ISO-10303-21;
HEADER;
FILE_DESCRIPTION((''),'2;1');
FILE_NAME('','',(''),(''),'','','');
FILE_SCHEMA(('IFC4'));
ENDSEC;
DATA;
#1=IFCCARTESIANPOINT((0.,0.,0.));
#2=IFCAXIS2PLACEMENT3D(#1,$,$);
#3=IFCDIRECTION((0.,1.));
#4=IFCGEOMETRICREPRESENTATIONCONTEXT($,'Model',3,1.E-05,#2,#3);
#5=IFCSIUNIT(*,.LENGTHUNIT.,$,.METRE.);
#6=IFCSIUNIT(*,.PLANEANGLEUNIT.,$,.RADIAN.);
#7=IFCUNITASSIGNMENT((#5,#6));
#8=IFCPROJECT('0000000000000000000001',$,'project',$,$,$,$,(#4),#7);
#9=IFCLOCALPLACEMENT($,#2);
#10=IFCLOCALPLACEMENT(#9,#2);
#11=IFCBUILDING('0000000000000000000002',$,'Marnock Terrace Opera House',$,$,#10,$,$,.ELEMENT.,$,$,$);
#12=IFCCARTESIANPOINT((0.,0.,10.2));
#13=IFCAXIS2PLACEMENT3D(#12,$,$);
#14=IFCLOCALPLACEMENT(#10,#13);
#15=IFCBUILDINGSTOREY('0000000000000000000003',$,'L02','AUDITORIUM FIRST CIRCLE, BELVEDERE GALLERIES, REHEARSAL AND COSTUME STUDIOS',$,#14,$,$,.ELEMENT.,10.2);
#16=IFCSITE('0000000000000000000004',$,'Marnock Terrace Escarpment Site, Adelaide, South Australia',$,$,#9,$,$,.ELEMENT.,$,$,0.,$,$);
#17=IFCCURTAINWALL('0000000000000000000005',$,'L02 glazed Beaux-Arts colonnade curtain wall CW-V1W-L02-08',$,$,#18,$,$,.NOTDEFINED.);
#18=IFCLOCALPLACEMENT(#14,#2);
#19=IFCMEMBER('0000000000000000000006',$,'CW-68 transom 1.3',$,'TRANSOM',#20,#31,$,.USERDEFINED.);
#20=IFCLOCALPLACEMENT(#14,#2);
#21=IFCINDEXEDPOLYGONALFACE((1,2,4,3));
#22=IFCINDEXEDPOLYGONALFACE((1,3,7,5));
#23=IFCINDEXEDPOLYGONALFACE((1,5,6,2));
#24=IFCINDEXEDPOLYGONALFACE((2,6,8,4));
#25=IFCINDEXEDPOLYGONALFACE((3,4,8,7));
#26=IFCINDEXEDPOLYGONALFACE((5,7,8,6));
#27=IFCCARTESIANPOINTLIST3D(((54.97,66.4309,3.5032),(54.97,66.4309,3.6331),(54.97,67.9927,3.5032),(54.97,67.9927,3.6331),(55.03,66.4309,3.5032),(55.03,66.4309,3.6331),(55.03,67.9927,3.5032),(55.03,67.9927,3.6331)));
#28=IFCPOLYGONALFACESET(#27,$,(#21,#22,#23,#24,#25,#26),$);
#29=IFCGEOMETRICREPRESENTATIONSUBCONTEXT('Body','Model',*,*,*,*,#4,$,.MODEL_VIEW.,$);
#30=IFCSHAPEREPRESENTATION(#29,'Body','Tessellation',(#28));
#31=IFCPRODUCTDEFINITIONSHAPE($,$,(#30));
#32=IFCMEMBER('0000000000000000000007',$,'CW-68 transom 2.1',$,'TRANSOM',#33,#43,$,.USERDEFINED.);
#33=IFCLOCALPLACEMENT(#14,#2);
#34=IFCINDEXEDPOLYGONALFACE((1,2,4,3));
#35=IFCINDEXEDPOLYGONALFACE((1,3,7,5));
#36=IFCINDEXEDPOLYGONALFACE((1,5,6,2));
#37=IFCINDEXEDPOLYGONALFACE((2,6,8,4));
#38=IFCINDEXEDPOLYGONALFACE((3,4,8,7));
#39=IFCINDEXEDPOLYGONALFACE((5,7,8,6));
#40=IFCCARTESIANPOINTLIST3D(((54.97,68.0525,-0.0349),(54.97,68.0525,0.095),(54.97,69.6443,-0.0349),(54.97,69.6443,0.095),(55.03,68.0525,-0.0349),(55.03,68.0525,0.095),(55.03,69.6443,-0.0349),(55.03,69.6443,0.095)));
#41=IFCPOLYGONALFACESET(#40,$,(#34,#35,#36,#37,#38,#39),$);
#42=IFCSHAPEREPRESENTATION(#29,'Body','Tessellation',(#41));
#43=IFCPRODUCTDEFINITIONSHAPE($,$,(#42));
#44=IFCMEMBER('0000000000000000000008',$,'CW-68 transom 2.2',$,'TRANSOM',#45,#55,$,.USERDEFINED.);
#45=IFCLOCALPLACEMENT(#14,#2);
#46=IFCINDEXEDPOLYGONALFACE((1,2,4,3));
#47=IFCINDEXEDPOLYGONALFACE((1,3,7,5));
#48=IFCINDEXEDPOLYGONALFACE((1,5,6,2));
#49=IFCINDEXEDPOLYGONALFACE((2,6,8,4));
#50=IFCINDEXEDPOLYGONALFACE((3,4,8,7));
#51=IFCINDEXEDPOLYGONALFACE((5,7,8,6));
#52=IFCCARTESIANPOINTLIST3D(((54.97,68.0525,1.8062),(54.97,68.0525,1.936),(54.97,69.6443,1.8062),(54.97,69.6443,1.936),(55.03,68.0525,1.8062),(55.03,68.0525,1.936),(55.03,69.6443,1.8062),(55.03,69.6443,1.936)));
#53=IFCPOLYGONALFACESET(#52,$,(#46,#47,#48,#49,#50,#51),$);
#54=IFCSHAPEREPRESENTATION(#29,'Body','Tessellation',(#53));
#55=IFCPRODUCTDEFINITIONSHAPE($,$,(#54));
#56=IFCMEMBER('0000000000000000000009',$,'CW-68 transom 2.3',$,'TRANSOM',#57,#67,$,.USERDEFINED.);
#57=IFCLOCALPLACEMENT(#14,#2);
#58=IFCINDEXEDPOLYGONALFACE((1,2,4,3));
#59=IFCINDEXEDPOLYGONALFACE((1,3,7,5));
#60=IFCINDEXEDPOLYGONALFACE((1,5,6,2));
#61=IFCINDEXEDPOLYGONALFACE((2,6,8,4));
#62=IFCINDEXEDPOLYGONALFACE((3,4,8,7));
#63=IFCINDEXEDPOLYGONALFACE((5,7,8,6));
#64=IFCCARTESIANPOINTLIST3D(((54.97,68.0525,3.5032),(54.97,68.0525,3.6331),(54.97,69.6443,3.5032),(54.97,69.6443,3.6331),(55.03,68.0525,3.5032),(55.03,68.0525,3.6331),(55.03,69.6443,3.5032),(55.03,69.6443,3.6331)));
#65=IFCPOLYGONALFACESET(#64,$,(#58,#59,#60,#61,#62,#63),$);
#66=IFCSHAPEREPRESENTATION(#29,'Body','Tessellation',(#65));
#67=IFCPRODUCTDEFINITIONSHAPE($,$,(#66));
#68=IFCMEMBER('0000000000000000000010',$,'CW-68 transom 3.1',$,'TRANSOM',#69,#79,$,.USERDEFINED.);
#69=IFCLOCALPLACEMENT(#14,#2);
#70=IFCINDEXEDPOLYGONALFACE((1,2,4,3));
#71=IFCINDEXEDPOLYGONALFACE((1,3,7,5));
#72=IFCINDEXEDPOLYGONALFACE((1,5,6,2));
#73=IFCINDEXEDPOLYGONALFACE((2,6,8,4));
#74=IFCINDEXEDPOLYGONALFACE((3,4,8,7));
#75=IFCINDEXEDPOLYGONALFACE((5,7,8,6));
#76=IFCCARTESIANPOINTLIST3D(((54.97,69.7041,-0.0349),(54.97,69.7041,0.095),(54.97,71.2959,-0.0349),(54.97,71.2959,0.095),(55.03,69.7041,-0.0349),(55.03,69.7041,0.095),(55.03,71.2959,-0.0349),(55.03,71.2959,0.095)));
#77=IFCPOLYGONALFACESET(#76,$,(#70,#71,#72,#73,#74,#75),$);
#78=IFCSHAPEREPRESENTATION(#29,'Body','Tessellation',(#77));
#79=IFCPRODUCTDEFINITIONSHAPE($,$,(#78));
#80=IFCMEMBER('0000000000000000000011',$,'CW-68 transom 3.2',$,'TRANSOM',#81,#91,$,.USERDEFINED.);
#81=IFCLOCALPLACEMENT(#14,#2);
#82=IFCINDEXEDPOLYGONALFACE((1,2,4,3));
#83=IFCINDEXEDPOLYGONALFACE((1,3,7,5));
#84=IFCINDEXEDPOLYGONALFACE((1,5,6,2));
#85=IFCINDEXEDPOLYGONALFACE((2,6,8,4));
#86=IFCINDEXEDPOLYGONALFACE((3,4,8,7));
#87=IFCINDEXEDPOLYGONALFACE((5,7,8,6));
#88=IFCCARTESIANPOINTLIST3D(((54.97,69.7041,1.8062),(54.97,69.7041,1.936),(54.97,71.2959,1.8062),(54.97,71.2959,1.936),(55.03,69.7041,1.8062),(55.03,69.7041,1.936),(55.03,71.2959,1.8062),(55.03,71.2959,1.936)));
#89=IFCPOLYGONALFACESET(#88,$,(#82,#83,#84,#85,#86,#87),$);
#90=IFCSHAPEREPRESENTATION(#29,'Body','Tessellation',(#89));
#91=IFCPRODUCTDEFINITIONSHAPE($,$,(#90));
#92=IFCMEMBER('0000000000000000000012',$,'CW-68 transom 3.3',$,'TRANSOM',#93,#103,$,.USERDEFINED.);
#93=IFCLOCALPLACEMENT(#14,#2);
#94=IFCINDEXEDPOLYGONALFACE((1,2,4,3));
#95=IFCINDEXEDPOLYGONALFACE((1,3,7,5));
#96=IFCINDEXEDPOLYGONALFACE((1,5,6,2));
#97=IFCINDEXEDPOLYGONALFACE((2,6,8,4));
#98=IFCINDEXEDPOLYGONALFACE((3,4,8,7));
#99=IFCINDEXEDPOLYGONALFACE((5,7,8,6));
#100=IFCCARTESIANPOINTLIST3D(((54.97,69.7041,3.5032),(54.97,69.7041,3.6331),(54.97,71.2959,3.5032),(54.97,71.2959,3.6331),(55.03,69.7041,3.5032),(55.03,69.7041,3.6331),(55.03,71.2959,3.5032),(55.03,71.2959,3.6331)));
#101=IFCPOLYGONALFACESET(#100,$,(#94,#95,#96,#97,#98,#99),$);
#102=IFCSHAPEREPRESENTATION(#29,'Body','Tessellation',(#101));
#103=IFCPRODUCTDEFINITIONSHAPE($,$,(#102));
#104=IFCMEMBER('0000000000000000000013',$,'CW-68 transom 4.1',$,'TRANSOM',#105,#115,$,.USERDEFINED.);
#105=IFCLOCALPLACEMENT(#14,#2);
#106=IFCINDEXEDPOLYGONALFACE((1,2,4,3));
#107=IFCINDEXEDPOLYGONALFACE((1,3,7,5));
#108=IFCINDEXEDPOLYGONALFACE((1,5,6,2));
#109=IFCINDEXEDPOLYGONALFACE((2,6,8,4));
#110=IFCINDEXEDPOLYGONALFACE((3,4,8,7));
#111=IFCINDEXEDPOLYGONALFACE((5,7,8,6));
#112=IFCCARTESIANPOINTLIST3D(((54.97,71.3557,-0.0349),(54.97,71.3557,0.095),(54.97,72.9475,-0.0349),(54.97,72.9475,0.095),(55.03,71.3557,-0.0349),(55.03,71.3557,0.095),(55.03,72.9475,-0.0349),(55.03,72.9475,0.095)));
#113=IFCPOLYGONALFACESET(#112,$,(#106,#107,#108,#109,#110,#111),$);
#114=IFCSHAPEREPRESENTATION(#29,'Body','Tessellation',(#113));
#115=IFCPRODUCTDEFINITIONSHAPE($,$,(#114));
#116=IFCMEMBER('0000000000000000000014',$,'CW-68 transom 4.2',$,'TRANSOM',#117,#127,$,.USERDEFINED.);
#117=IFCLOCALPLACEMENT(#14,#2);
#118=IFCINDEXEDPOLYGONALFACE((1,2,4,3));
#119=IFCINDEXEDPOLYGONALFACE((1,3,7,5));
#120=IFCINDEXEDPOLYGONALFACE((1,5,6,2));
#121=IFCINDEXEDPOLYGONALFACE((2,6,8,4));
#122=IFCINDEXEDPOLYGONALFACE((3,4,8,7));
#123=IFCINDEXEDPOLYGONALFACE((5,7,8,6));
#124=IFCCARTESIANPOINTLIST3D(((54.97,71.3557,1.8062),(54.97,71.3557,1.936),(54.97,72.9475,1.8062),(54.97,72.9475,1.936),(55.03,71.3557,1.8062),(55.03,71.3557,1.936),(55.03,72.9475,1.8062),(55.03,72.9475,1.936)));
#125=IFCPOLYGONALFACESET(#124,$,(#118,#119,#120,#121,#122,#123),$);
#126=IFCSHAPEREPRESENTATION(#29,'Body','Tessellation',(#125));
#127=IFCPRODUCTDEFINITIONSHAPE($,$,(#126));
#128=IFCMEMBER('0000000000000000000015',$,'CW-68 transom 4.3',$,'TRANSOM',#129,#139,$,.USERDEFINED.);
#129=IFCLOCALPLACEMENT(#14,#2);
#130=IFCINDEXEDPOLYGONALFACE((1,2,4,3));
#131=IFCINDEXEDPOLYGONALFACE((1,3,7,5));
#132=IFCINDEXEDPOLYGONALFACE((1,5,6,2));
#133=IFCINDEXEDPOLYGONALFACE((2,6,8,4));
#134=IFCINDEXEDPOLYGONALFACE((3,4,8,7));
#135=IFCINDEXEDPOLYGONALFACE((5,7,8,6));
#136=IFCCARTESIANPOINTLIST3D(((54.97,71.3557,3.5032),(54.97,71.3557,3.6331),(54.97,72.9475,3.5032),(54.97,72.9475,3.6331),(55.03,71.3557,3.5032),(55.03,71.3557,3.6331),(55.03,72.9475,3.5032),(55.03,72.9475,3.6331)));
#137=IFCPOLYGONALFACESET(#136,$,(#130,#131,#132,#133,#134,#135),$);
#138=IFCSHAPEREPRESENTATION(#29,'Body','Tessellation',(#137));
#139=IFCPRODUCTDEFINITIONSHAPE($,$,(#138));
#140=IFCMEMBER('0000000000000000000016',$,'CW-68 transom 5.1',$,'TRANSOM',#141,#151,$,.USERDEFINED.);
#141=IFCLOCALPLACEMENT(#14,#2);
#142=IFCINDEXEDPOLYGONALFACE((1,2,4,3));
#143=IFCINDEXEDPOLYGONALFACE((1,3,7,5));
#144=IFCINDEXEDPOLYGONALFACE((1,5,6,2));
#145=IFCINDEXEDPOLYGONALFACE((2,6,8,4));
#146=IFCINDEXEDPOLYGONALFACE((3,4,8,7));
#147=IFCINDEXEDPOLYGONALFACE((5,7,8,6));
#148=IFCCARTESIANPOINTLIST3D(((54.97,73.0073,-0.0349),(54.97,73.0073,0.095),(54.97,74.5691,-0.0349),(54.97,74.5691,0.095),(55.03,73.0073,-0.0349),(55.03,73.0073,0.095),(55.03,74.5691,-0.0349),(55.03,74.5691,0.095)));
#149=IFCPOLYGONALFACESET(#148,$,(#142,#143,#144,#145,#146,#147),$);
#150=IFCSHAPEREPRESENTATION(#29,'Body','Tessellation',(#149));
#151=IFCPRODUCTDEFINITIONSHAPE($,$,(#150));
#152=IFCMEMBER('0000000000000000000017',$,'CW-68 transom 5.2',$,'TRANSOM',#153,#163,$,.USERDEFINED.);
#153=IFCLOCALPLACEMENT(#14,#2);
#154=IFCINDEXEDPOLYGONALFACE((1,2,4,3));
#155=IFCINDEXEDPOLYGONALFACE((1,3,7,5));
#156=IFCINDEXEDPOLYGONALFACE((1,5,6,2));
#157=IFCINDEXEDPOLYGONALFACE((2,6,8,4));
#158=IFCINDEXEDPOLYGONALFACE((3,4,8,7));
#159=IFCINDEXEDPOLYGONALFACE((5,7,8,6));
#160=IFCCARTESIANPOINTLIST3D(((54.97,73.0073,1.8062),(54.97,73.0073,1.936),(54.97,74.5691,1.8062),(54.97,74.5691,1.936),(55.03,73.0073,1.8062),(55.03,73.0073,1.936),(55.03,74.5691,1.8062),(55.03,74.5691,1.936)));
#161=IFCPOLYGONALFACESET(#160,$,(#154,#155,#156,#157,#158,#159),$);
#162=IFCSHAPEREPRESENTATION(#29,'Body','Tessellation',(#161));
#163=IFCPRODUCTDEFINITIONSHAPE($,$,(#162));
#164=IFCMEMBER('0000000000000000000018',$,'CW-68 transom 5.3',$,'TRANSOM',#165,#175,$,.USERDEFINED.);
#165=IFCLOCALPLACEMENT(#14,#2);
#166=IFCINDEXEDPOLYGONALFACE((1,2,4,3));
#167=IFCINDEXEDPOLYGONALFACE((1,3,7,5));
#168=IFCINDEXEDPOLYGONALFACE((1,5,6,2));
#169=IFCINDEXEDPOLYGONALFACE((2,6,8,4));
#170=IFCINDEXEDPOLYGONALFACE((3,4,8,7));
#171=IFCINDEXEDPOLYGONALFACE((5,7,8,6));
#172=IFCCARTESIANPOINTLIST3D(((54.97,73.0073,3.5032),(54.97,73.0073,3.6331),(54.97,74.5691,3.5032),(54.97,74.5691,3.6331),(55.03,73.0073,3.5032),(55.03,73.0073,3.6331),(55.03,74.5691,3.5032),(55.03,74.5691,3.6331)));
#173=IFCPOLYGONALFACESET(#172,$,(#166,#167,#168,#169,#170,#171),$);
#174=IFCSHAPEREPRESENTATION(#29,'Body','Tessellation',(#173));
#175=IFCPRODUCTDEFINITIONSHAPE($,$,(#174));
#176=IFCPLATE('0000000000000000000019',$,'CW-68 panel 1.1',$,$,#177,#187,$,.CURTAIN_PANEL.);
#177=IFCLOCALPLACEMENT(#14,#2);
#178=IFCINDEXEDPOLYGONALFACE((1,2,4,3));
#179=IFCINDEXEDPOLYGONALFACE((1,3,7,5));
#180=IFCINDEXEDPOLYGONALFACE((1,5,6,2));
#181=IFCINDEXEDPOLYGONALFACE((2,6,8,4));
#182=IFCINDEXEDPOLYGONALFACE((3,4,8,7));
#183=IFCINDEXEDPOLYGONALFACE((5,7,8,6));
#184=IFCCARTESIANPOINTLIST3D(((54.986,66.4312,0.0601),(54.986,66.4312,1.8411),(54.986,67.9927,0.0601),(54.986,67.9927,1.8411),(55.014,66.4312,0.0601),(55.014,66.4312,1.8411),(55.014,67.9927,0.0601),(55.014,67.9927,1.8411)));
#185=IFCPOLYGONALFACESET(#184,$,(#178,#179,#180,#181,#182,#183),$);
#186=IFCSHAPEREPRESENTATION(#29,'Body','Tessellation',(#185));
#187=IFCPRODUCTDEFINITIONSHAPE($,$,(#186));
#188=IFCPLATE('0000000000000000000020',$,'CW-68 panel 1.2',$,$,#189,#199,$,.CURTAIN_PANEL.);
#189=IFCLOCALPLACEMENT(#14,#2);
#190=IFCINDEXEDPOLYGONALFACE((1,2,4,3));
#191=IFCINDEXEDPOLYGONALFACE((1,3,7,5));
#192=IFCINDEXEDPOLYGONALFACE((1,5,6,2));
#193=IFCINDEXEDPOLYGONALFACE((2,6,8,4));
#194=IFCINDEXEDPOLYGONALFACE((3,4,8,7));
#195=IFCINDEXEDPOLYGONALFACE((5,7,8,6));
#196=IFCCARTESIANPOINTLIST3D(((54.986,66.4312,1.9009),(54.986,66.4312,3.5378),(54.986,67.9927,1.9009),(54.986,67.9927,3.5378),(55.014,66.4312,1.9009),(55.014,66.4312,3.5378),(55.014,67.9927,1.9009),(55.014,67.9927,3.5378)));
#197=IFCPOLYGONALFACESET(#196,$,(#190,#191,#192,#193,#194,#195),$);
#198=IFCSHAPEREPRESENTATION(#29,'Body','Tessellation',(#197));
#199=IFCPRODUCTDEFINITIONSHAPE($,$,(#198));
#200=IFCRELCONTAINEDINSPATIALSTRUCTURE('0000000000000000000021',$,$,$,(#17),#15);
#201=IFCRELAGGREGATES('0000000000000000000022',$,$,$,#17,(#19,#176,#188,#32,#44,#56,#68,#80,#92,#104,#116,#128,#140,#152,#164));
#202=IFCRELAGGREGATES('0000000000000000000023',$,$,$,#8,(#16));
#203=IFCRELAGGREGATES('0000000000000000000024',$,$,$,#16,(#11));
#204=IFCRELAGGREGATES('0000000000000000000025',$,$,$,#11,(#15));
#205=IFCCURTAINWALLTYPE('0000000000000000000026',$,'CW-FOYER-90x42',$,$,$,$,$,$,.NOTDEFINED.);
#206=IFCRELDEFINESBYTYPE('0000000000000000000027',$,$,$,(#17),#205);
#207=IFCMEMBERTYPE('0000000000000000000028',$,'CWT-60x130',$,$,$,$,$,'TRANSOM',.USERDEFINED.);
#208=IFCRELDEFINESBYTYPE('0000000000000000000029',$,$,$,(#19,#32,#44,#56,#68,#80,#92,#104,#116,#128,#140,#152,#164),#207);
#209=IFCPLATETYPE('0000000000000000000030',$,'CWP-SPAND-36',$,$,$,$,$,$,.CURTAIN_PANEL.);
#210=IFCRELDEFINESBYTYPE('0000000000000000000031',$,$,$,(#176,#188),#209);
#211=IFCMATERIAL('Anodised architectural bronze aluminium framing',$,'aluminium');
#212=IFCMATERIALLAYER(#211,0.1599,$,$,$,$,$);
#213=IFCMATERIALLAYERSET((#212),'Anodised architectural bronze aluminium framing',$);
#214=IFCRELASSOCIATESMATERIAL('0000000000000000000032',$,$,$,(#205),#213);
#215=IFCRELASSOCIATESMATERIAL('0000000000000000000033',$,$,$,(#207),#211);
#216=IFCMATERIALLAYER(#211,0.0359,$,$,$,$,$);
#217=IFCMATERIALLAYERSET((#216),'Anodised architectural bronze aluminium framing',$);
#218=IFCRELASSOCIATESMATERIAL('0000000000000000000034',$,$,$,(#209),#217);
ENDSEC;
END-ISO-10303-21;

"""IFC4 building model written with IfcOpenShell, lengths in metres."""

from ifc_helpers import new_model, si_unit, direction, frame, origin, origin_2d, place, context, subcontext, project, spatial, rectangle, extrude, material, layer, layer_set, material_profile, profile_set, type_object, element, aggregate, save


model = new_model("IFC4")

# Units and contexts
model_context = context("Model", 3, precision=1e-05, world=origin(), true_north=direction((0.0, 1.0)))
body_context = subcontext(model_context, "Body", "Model", "MODEL_VIEW")
ifc_project = project(units=[si_unit("LENGTHUNIT", "METRE"), si_unit("PLANEANGLEUNIT", "RADIAN")], contexts=[model_context])

# Site, building, storey
site_placement = place(None, origin())
site = spatial("IfcSite", under=ifc_project, at=site_placement, Name="Marnock Terrace Escarpment Site, Adelaide, South Australia", CompositionType="ELEMENT", RefElevation=0.0)
building_placement = place(site_placement, origin())
building = spatial("IfcBuilding", under=site, at=building_placement, Name="Marnock Terrace Opera House", CompositionType="ELEMENT")
storey_placement = place(building_placement, frame((0.0, 0.0, 10.2)))
storey = spatial("IfcBuildingStorey", under=building, at=storey_placement, Name="L02", Description="AUDITORIUM FIRST CIRCLE, BELVEDERE GALLERIES, REHEARSAL AND COSTUME STUDIOS", CompositionType="ELEMENT", Elevation=10.2)

# Shared definitions
ifc_material_1 = material(Name="Anodised architectural bronze aluminium framing", Category="aluminium")
ifc_layer_1 = layer(ifc_material_1, 0.1599)
ifc_layer_set_1 = layer_set([ifc_layer_1], Name="Anodised architectural bronze aluminium framing")
curtain_wall_type = type_object("IfcCurtainWallType", Name="CW-FOYER-90x42", PredefinedType="NOTDEFINED", material=ifc_layer_set_1)

# Curtain wall, members, plates
curtain_wall_1_placement = place(storey_placement, origin())
curtain_wall_1 = element("IfcCurtainWall", 1, at=curtain_wall_1_placement, inside=storey, type_object=curtain_wall_type, Name="L02 glazed Beaux-Arts colonnade curtain wall CW-V1W-L02-08", PredefinedType="NOTDEFINED")
ifc_material_profile_1 = material_profile(ifc_material_1, rectangle(XDim=0.0601, YDim=0.1299, at=origin_2d()))
ifc_profile_set_1 = profile_set([ifc_material_profile_1], Name="Anodised architectural bronze aluminium framing")
member_type_1 = type_object("IfcMemberType", Name="CWT-60x130", ElementType="TRANSOM", PredefinedType="USERDEFINED", material=ifc_profile_set_1)
member_1_placement = place(storey_placement, frame((55.0, 66.4309, 3.5681), z_axis=(0.0, 1.0, 0.0), x_axis=(-1.0, 0.0, 0.0)))
member_1 = element("IfcMember", 2, at=member_1_placement, type_object=member_type_1, Name="CW-68 transom 1.3", ObjectType="TRANSOM", PredefinedType="USERDEFINED", context=body_context, shape_type="SweptSolid", body=[
    extrude(rectangle(XDim=0.0601, YDim=0.1299, at=origin_2d()), origin(), (0.0, 0.0, 1.0), 1.5618),
])
member_2_placement = place(storey_placement, frame((55.0, 68.0525, 0.03), z_axis=(0.0, 1.0, 0.0), x_axis=(-1.0, 0.0, 0.0)))
member_2 = element("IfcMember", 3, at=member_2_placement, type_object=member_type_1, Name="CW-68 transom 2.1", ObjectType="TRANSOM", PredefinedType="USERDEFINED", context=body_context, shape_type="SweptSolid", body=[
    extrude(rectangle(XDim=0.0601, YDim=0.1299, at=origin_2d()), origin(), (0.0, 0.0, 1.0), 1.5918),
])
member_3_placement = place(storey_placement, frame((55.0, 68.0525, 1.8711), z_axis=(0.0, 1.0, 0.0), x_axis=(-1.0, 0.0, 0.0)))
member_3 = element("IfcMember", 4, at=member_3_placement, type_object=member_type_1, Name="CW-68 transom 2.2", ObjectType="TRANSOM", PredefinedType="USERDEFINED", context=body_context, shape_type="SweptSolid", body=[
    extrude(rectangle(XDim=0.0601, YDim=0.1299, at=origin_2d()), origin(), (0.0, 0.0, 1.0), 1.5918),
])
member_4_placement = place(storey_placement, frame((55.0, 68.0525, 3.5681), z_axis=(0.0, 1.0, 0.0), x_axis=(-1.0, 0.0, 0.0)))
member_4 = element("IfcMember", 5, at=member_4_placement, type_object=member_type_1, Name="CW-68 transom 2.3", ObjectType="TRANSOM", PredefinedType="USERDEFINED", context=body_context, shape_type="SweptSolid", body=[
    extrude(rectangle(XDim=0.0601, YDim=0.1299, at=origin_2d()), origin(), (0.0, 0.0, 1.0), 1.5918),
])
member_5_placement = place(storey_placement, frame((55.0, 69.7041, 0.03), z_axis=(0.0, 1.0, 0.0), x_axis=(-1.0, 0.0, 0.0)))
member_5 = element("IfcMember", 6, at=member_5_placement, type_object=member_type_1, Name="CW-68 transom 3.1", ObjectType="TRANSOM", PredefinedType="USERDEFINED", context=body_context, shape_type="SweptSolid", body=[
    extrude(rectangle(XDim=0.0601, YDim=0.1299, at=origin_2d()), origin(), (0.0, 0.0, 1.0), 1.5918),
])
member_6_placement = place(storey_placement, frame((55.0, 69.7041, 1.8711), z_axis=(0.0, 1.0, 0.0), x_axis=(-1.0, 0.0, 0.0)))
member_6 = element("IfcMember", 7, at=member_6_placement, type_object=member_type_1, Name="CW-68 transom 3.2", ObjectType="TRANSOM", PredefinedType="USERDEFINED", context=body_context, shape_type="SweptSolid", body=[
    extrude(rectangle(XDim=0.0601, YDim=0.1299, at=origin_2d()), origin(), (0.0, 0.0, 1.0), 1.5918),
])
member_7_placement = place(storey_placement, frame((55.0, 69.7041, 3.5681), z_axis=(0.0, 1.0, 0.0), x_axis=(-1.0, 0.0, 0.0)))
member_7 = element("IfcMember", 8, at=member_7_placement, type_object=member_type_1, Name="CW-68 transom 3.3", ObjectType="TRANSOM", PredefinedType="USERDEFINED", context=body_context, shape_type="SweptSolid", body=[
    extrude(rectangle(XDim=0.0601, YDim=0.1299, at=origin_2d()), origin(), (0.0, 0.0, 1.0), 1.5918),
])
member_8_placement = place(storey_placement, frame((55.0, 71.3557, 0.03), z_axis=(0.0, 1.0, 0.0), x_axis=(-1.0, 0.0, 0.0)))
member_8 = element("IfcMember", 9, at=member_8_placement, type_object=member_type_1, Name="CW-68 transom 4.1", ObjectType="TRANSOM", PredefinedType="USERDEFINED", context=body_context, shape_type="SweptSolid", body=[
    extrude(rectangle(XDim=0.0601, YDim=0.1299, at=origin_2d()), origin(), (0.0, 0.0, 1.0), 1.5918),
])
member_9_placement = place(storey_placement, frame((55.0, 71.3557, 1.8711), z_axis=(0.0, 1.0, 0.0), x_axis=(-1.0, 0.0, 0.0)))
member_9 = element("IfcMember", 10, at=member_9_placement, type_object=member_type_1, Name="CW-68 transom 4.2", ObjectType="TRANSOM", PredefinedType="USERDEFINED", context=body_context, shape_type="SweptSolid", body=[
    extrude(rectangle(XDim=0.0601, YDim=0.1299, at=origin_2d()), origin(), (0.0, 0.0, 1.0), 1.5918),
])
member_10_placement = place(storey_placement, frame((55.0, 71.3557, 3.5681), z_axis=(0.0, 1.0, 0.0), x_axis=(-1.0, 0.0, 0.0)))
member_10 = element("IfcMember", 11, at=member_10_placement, type_object=member_type_1, Name="CW-68 transom 4.3", ObjectType="TRANSOM", PredefinedType="USERDEFINED", context=body_context, shape_type="SweptSolid", body=[
    extrude(rectangle(XDim=0.0601, YDim=0.1299, at=origin_2d()), origin(), (0.0, 0.0, 1.0), 1.5918),
])
member_11_placement = place(storey_placement, frame((55.0, 73.0073, 0.03), z_axis=(0.0, 1.0, 0.0), x_axis=(-1.0, 0.0, 0.0)))
member_11 = element("IfcMember", 12, at=member_11_placement, type_object=member_type_1, Name="CW-68 transom 5.1", ObjectType="TRANSOM", PredefinedType="USERDEFINED", context=body_context, shape_type="SweptSolid", body=[
    extrude(rectangle(XDim=0.0601, YDim=0.1299, at=origin_2d()), origin(), (0.0, 0.0, 1.0), 1.5618),
])
member_12_placement = place(storey_placement, frame((55.0, 73.0073, 1.8711), z_axis=(0.0, 1.0, 0.0), x_axis=(-1.0, 0.0, 0.0)))
member_12 = element("IfcMember", 13, at=member_12_placement, type_object=member_type_1, Name="CW-68 transom 5.2", ObjectType="TRANSOM", PredefinedType="USERDEFINED", context=body_context, shape_type="SweptSolid", body=[
    extrude(rectangle(XDim=0.0601, YDim=0.1299, at=origin_2d()), origin(), (0.0, 0.0, 1.0), 1.5618),
])
member_13_placement = place(storey_placement, frame((55.0, 73.0073, 3.5681), z_axis=(0.0, 1.0, 0.0), x_axis=(-1.0, 0.0, 0.0)))
member_13 = element("IfcMember", 14, at=member_13_placement, type_object=member_type_1, Name="CW-68 transom 5.3", ObjectType="TRANSOM", PredefinedType="USERDEFINED", context=body_context, shape_type="SweptSolid", body=[
    extrude(rectangle(XDim=0.0601, YDim=0.1299, at=origin_2d()), origin(), (0.0, 0.0, 1.0), 1.5618),
])
ifc_layer_2 = layer(ifc_material_1, 0.0359)
ifc_layer_set_2 = layer_set([ifc_layer_2], Name="Anodised architectural bronze aluminium framing")
plate_type = type_object("IfcPlateType", Name="CWP-SPAND-36", PredefinedType="CURTAIN_PANEL", material=ifc_layer_set_2)
plate_1_placement = place(storey_placement, frame((55.0, 67.2119, 0.0601), z_axis=(0.0, 0.0, 1.0), x_axis=(0.0, 1.0, 0.0)))
plate_1 = element("IfcPlate", 15, at=plate_1_placement, type_object=plate_type, Name="CW-68 panel 1.1", PredefinedType="CURTAIN_PANEL", context=body_context, shape_type="SweptSolid", body=[
    extrude(rectangle(XDim=1.5615, YDim=0.0281, at=origin_2d()), origin(), (0.0, 0.0, 1.0), 1.781),
])
plate_2_placement = place(storey_placement, frame((55.0, 67.2119, 1.9009), z_axis=(0.0, 0.0, 1.0), x_axis=(0.0, 1.0, 0.0)))
plate_2 = element("IfcPlate", 16, at=plate_2_placement, type_object=plate_type, Name="CW-68 panel 1.2", PredefinedType="CURTAIN_PANEL", context=body_context, shape_type="SweptSolid", body=[
    extrude(rectangle(XDim=1.5615, YDim=0.0281, at=origin_2d()), origin(), (0.0, 0.0, 1.0), 1.637),
])
aggregate(curtain_wall_1, [member_1, plate_1, plate_2, member_2, member_3, member_4, member_5, member_6, member_7, member_8, member_9, member_10, member_11, member_12, member_13])

save(model, "model.ifc")
